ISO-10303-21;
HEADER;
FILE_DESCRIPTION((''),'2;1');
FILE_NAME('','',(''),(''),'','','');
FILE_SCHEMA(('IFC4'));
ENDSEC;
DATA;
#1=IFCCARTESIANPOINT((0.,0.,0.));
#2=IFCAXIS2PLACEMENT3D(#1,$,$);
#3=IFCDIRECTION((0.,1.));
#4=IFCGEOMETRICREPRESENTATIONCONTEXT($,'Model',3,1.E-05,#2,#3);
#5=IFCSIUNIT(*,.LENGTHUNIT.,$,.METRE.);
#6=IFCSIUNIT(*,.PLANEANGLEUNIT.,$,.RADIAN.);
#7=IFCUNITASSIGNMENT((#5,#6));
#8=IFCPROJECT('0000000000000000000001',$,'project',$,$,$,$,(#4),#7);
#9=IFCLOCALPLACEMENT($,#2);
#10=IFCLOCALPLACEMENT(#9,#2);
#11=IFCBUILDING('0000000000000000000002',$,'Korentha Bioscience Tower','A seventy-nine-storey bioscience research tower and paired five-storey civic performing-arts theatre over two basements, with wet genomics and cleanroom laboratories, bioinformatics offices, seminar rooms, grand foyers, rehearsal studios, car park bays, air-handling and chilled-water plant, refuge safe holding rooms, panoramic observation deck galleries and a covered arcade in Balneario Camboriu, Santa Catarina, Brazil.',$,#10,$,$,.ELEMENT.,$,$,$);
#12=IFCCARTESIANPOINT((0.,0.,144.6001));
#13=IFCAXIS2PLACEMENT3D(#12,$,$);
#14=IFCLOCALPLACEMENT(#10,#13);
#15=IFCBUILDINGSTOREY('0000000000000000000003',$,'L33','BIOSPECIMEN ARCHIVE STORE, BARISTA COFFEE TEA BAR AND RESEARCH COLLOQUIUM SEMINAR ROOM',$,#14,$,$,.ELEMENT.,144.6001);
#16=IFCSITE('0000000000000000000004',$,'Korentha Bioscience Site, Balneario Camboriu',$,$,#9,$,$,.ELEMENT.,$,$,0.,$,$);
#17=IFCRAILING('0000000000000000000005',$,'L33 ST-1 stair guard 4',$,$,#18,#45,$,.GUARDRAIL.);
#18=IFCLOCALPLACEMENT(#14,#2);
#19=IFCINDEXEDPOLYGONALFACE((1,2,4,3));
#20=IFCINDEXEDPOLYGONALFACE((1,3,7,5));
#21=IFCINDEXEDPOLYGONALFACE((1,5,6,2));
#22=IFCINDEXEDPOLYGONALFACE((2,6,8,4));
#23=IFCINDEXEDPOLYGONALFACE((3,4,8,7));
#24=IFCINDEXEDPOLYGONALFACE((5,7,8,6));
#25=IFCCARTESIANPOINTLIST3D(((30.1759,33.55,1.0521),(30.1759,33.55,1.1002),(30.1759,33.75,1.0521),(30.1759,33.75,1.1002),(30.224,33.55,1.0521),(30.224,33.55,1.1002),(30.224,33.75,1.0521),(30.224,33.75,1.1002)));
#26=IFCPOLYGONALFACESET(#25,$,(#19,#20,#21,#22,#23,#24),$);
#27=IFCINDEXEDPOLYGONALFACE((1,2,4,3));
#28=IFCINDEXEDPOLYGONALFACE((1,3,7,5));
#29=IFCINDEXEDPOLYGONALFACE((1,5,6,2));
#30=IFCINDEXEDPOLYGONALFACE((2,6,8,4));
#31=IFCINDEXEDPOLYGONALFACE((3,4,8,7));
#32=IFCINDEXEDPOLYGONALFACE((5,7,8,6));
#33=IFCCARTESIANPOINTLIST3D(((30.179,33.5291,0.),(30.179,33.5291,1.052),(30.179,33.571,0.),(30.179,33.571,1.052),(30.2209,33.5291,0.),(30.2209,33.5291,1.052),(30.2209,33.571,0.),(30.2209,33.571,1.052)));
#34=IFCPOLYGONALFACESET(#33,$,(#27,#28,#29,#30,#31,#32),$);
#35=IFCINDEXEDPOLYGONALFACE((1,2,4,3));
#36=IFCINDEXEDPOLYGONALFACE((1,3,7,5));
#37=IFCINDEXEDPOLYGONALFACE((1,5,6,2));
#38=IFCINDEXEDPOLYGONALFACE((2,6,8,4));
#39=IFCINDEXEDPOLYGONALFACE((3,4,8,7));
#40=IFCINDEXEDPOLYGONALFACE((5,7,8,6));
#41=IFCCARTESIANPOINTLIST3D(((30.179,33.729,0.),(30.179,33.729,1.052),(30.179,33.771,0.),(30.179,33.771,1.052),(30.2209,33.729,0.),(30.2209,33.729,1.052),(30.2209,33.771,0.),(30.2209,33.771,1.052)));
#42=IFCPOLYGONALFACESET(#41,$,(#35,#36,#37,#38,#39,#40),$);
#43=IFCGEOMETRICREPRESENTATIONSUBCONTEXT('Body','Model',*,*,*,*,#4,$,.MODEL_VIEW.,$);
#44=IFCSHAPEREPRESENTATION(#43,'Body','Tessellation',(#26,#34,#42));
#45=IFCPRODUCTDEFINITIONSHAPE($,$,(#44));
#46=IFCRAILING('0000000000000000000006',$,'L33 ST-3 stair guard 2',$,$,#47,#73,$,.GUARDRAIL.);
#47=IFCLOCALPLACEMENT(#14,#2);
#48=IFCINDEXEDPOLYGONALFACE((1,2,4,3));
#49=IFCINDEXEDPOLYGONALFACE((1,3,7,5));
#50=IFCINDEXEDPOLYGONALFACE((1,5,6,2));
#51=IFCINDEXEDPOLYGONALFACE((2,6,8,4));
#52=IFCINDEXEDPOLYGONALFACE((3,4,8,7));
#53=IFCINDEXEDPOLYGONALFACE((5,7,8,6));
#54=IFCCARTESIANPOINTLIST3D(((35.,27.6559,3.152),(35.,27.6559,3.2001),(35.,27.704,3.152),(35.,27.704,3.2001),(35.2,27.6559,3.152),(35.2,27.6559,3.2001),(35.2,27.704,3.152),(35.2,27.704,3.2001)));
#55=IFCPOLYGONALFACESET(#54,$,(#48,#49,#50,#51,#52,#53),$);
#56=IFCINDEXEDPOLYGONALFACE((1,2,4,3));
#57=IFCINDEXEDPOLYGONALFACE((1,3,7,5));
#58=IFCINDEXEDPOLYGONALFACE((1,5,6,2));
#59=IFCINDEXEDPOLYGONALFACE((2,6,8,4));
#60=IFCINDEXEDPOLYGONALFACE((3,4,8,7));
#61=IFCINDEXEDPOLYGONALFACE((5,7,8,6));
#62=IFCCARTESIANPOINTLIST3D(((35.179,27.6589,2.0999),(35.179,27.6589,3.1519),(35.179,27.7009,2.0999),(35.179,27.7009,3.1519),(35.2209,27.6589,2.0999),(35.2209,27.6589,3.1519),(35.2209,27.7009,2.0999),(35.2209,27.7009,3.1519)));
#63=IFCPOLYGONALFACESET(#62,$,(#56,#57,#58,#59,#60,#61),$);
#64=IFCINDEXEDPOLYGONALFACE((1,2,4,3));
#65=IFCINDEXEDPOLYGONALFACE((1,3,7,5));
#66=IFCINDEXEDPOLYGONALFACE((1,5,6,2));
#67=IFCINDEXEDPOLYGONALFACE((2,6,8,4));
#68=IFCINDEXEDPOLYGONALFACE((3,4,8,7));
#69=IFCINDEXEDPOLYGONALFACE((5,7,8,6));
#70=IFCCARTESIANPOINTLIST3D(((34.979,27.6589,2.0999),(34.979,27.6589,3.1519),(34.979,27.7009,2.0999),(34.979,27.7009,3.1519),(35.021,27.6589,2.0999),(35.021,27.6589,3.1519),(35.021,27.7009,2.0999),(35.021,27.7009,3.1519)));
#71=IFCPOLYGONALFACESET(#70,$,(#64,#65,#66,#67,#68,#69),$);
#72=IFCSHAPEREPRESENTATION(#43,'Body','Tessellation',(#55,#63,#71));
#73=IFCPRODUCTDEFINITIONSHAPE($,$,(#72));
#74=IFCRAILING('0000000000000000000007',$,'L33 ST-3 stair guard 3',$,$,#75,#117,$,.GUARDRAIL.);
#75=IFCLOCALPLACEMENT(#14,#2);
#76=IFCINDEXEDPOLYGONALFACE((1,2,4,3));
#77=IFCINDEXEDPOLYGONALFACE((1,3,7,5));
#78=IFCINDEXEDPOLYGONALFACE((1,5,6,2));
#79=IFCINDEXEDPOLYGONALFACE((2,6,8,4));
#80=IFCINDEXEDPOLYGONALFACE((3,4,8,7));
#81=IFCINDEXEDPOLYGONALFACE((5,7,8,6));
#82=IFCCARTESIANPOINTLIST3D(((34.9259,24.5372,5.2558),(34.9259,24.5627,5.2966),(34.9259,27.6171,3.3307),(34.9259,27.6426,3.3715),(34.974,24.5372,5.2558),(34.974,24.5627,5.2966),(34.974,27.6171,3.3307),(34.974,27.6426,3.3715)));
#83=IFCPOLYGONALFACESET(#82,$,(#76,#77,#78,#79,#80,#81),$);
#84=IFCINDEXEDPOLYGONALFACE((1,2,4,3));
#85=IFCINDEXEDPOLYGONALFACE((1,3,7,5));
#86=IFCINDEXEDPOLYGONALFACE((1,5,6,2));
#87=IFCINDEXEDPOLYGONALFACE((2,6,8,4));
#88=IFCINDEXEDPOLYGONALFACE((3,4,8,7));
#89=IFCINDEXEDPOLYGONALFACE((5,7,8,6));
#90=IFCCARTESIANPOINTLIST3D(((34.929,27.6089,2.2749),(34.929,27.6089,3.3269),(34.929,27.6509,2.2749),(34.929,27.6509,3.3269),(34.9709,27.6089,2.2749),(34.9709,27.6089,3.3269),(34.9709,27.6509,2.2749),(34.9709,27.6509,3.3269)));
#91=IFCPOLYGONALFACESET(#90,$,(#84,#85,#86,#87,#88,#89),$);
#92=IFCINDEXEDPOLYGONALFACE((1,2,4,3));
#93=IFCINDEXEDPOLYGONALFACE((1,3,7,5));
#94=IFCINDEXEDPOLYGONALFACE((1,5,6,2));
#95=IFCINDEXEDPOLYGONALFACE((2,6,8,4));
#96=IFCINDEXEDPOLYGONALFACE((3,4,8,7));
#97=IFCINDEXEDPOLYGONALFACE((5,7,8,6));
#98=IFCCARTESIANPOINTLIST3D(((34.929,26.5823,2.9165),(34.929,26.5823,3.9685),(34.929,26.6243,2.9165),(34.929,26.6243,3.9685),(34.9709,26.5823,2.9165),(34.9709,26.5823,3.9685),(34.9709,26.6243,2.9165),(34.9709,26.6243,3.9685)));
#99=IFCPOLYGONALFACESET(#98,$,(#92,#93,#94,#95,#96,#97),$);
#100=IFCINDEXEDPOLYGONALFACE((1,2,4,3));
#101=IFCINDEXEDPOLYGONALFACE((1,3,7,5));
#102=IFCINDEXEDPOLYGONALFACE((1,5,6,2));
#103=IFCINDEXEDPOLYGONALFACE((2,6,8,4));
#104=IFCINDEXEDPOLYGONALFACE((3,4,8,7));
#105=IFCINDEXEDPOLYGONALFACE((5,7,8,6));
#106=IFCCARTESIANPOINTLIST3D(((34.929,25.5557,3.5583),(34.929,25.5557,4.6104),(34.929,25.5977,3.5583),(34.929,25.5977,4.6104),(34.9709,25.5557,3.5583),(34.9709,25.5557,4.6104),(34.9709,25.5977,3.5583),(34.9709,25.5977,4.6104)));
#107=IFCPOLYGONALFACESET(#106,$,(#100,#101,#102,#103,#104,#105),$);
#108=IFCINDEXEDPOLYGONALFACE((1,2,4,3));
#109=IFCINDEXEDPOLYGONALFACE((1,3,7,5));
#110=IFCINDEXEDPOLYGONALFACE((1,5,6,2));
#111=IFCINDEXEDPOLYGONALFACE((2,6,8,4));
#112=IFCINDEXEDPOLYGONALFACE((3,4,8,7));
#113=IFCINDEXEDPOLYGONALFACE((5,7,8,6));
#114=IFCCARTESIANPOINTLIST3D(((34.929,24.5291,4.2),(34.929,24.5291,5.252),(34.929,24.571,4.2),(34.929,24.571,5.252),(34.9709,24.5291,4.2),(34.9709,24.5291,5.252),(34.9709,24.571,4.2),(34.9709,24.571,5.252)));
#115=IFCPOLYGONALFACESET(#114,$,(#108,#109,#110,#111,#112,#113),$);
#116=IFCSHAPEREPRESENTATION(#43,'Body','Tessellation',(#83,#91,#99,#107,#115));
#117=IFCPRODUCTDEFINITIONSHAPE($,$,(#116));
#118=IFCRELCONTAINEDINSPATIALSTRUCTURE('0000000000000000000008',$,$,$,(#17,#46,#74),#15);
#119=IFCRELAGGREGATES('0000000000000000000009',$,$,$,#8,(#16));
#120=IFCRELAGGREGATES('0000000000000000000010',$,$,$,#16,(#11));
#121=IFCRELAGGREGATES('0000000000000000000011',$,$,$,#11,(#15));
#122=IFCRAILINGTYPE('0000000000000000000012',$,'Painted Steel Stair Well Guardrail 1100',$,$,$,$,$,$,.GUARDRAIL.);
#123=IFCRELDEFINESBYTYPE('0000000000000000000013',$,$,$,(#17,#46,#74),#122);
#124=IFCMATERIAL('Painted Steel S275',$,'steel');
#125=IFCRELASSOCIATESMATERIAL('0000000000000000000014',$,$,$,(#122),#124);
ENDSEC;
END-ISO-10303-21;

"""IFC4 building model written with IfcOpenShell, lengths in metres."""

from ifc_helpers import new_model, si_unit, direction, frame, origin, origin_2d, place, context, subcontext, project, spatial, rectangle, extrude, material, type_object, element, save


model = new_model("IFC4")

# Units and contexts
model_context = context("Model", 3, precision=1e-05, world=origin(), true_north=direction((0.0, 1.0)))
body_context = subcontext(model_context, "Body", "Model", "MODEL_VIEW")
ifc_project = project(units=[si_unit("LENGTHUNIT", "METRE"), si_unit("PLANEANGLEUNIT", "RADIAN")], contexts=[model_context])

# Site, building, storey
site_placement = place(None, origin())
site = spatial("IfcSite", under=ifc_project, at=site_placement, Name="Korentha Bioscience Site, Balneario Camboriu", CompositionType="ELEMENT", RefElevation=0.0)
building_placement = place(site_placement, origin())
building = spatial("IfcBuilding", under=site, at=building_placement, Name="Korentha Bioscience Tower", Description="A seventy-nine-storey bioscience research tower and paired five-storey civic performing-arts theatre over two basements, with wet genomics and cleanroom laboratories, bioinformatics offices, seminar rooms, grand foyers, rehearsal studios, car park bays, air-handling and chilled-water plant, refuge safe holding rooms, panoramic observation deck galleries and a covered arcade in Balneario Camboriu, Santa Catarina, Brazil.", CompositionType="ELEMENT")
storey_placement = place(building_placement, frame((0.0, 0.0, 144.6001)))
storey = spatial("IfcBuildingStorey", under=building, at=storey_placement, Name="L33", Description="BIOSPECIMEN ARCHIVE STORE, BARISTA COFFEE TEA BAR AND RESEARCH COLLOQUIUM SEMINAR ROOM", CompositionType="ELEMENT", Elevation=144.6001)

# Railings
ifc_material_1 = material(Name="Painted Steel S275", Category="steel")
railing_type_1 = type_object("IfcRailingType", Name="Painted Steel Stair Well Guardrail 1100", PredefinedType="GUARDRAIL", material=ifc_material_1)
railing_1_placement = place(storey_placement, frame((30.2, 33.55, 0.0)))
element("IfcRailing", 1, at=railing_1_placement, inside=storey, type_object=railing_type_1, Name="L33 ST-1 stair guard 4", PredefinedType="GUARDRAIL", context=body_context, shape_type="SweptSolid", body=[
    extrude(rectangle(XDim=0.0481, YDim=0.0481, at=origin_2d()), frame((0.0, 0.0, 1.0762), z_axis=(0.0, 1.0, 0.0), x_axis=(-1.0, 0.0, 0.0)), (0.0, 0.0, 1.0), 0.2),
    extrude(rectangle(XDim=0.042, YDim=0.042, at=origin_2d()), origin(), (0.0, 0.0, 1.0), 1.052),
    extrude(rectangle(XDim=0.042, YDim=0.042, at=origin_2d()), frame((0.0, 0.2, 0.0)), (0.0, 0.0, 1.0), 1.052),
])
railing_2_placement = place(storey_placement, frame((35.2, 27.6799, 2.0999)))
element("IfcRailing", 2, at=railing_2_placement, inside=storey, type_object=railing_type_1, Name="L33 ST-3 stair guard 2", PredefinedType="GUARDRAIL", context=body_context, shape_type="SweptSolid", body=[
    extrude(rectangle(XDim=0.0481, YDim=0.0481, at=origin_2d()), frame((0.0, 0.0, 1.0762), z_axis=(-1.0, 0.0, 0.0), x_axis=(0.0, -1.0, 0.0)), (0.0, 0.0, 1.0), 0.2),
    extrude(rectangle(XDim=0.042, YDim=0.042, at=origin_2d()), origin(), (0.0, 0.0, 1.0), 1.052),
    extrude(rectangle(XDim=0.042, YDim=0.042, at=origin_2d()), frame((-0.2, 0.0, 0.0)), (0.0, 0.0, 1.0), 1.052),
])
railing_3_placement = place(storey_placement, frame((34.95, 27.6299, 2.2749)))
element("IfcRailing", 3, at=railing_3_placement, inside=storey, type_object=railing_type_1, Name="L33 ST-3 stair guard 3", PredefinedType="GUARDRAIL", context=body_context, shape_type="SweptSolid", body=[
    extrude(rectangle(XDim=0.0481, YDim=0.0481, at=origin_2d()), frame((0.0, 0.0, 1.0762), z_axis=(0.0, -0.847979, 0.530029), x_axis=(1.0, 0.0, 0.0)), (0.0, 0.0, 1.0), 3.6321),
    extrude(rectangle(XDim=0.042, YDim=0.042, at=origin_2d()), origin(), (0.0, 0.0, 1.0), 1.052),
    extrude(rectangle(XDim=0.042, YDim=0.042, at=origin_2d()), frame((0.0, -1.0266, 0.6416)), (0.0, 0.0, 1.0), 1.052),
    extrude(rectangle(XDim=0.042, YDim=0.042, at=origin_2d()), frame((0.0, -2.0532, 1.2834)), (0.0, 0.0, 1.0), 1.052),
    extrude(rectangle(XDim=0.042, YDim=0.042, at=origin_2d()), frame((0.0, -3.0798, 1.925)), (0.0, 0.0, 1.0), 1.052),
])

save(model, "model.ifc")
